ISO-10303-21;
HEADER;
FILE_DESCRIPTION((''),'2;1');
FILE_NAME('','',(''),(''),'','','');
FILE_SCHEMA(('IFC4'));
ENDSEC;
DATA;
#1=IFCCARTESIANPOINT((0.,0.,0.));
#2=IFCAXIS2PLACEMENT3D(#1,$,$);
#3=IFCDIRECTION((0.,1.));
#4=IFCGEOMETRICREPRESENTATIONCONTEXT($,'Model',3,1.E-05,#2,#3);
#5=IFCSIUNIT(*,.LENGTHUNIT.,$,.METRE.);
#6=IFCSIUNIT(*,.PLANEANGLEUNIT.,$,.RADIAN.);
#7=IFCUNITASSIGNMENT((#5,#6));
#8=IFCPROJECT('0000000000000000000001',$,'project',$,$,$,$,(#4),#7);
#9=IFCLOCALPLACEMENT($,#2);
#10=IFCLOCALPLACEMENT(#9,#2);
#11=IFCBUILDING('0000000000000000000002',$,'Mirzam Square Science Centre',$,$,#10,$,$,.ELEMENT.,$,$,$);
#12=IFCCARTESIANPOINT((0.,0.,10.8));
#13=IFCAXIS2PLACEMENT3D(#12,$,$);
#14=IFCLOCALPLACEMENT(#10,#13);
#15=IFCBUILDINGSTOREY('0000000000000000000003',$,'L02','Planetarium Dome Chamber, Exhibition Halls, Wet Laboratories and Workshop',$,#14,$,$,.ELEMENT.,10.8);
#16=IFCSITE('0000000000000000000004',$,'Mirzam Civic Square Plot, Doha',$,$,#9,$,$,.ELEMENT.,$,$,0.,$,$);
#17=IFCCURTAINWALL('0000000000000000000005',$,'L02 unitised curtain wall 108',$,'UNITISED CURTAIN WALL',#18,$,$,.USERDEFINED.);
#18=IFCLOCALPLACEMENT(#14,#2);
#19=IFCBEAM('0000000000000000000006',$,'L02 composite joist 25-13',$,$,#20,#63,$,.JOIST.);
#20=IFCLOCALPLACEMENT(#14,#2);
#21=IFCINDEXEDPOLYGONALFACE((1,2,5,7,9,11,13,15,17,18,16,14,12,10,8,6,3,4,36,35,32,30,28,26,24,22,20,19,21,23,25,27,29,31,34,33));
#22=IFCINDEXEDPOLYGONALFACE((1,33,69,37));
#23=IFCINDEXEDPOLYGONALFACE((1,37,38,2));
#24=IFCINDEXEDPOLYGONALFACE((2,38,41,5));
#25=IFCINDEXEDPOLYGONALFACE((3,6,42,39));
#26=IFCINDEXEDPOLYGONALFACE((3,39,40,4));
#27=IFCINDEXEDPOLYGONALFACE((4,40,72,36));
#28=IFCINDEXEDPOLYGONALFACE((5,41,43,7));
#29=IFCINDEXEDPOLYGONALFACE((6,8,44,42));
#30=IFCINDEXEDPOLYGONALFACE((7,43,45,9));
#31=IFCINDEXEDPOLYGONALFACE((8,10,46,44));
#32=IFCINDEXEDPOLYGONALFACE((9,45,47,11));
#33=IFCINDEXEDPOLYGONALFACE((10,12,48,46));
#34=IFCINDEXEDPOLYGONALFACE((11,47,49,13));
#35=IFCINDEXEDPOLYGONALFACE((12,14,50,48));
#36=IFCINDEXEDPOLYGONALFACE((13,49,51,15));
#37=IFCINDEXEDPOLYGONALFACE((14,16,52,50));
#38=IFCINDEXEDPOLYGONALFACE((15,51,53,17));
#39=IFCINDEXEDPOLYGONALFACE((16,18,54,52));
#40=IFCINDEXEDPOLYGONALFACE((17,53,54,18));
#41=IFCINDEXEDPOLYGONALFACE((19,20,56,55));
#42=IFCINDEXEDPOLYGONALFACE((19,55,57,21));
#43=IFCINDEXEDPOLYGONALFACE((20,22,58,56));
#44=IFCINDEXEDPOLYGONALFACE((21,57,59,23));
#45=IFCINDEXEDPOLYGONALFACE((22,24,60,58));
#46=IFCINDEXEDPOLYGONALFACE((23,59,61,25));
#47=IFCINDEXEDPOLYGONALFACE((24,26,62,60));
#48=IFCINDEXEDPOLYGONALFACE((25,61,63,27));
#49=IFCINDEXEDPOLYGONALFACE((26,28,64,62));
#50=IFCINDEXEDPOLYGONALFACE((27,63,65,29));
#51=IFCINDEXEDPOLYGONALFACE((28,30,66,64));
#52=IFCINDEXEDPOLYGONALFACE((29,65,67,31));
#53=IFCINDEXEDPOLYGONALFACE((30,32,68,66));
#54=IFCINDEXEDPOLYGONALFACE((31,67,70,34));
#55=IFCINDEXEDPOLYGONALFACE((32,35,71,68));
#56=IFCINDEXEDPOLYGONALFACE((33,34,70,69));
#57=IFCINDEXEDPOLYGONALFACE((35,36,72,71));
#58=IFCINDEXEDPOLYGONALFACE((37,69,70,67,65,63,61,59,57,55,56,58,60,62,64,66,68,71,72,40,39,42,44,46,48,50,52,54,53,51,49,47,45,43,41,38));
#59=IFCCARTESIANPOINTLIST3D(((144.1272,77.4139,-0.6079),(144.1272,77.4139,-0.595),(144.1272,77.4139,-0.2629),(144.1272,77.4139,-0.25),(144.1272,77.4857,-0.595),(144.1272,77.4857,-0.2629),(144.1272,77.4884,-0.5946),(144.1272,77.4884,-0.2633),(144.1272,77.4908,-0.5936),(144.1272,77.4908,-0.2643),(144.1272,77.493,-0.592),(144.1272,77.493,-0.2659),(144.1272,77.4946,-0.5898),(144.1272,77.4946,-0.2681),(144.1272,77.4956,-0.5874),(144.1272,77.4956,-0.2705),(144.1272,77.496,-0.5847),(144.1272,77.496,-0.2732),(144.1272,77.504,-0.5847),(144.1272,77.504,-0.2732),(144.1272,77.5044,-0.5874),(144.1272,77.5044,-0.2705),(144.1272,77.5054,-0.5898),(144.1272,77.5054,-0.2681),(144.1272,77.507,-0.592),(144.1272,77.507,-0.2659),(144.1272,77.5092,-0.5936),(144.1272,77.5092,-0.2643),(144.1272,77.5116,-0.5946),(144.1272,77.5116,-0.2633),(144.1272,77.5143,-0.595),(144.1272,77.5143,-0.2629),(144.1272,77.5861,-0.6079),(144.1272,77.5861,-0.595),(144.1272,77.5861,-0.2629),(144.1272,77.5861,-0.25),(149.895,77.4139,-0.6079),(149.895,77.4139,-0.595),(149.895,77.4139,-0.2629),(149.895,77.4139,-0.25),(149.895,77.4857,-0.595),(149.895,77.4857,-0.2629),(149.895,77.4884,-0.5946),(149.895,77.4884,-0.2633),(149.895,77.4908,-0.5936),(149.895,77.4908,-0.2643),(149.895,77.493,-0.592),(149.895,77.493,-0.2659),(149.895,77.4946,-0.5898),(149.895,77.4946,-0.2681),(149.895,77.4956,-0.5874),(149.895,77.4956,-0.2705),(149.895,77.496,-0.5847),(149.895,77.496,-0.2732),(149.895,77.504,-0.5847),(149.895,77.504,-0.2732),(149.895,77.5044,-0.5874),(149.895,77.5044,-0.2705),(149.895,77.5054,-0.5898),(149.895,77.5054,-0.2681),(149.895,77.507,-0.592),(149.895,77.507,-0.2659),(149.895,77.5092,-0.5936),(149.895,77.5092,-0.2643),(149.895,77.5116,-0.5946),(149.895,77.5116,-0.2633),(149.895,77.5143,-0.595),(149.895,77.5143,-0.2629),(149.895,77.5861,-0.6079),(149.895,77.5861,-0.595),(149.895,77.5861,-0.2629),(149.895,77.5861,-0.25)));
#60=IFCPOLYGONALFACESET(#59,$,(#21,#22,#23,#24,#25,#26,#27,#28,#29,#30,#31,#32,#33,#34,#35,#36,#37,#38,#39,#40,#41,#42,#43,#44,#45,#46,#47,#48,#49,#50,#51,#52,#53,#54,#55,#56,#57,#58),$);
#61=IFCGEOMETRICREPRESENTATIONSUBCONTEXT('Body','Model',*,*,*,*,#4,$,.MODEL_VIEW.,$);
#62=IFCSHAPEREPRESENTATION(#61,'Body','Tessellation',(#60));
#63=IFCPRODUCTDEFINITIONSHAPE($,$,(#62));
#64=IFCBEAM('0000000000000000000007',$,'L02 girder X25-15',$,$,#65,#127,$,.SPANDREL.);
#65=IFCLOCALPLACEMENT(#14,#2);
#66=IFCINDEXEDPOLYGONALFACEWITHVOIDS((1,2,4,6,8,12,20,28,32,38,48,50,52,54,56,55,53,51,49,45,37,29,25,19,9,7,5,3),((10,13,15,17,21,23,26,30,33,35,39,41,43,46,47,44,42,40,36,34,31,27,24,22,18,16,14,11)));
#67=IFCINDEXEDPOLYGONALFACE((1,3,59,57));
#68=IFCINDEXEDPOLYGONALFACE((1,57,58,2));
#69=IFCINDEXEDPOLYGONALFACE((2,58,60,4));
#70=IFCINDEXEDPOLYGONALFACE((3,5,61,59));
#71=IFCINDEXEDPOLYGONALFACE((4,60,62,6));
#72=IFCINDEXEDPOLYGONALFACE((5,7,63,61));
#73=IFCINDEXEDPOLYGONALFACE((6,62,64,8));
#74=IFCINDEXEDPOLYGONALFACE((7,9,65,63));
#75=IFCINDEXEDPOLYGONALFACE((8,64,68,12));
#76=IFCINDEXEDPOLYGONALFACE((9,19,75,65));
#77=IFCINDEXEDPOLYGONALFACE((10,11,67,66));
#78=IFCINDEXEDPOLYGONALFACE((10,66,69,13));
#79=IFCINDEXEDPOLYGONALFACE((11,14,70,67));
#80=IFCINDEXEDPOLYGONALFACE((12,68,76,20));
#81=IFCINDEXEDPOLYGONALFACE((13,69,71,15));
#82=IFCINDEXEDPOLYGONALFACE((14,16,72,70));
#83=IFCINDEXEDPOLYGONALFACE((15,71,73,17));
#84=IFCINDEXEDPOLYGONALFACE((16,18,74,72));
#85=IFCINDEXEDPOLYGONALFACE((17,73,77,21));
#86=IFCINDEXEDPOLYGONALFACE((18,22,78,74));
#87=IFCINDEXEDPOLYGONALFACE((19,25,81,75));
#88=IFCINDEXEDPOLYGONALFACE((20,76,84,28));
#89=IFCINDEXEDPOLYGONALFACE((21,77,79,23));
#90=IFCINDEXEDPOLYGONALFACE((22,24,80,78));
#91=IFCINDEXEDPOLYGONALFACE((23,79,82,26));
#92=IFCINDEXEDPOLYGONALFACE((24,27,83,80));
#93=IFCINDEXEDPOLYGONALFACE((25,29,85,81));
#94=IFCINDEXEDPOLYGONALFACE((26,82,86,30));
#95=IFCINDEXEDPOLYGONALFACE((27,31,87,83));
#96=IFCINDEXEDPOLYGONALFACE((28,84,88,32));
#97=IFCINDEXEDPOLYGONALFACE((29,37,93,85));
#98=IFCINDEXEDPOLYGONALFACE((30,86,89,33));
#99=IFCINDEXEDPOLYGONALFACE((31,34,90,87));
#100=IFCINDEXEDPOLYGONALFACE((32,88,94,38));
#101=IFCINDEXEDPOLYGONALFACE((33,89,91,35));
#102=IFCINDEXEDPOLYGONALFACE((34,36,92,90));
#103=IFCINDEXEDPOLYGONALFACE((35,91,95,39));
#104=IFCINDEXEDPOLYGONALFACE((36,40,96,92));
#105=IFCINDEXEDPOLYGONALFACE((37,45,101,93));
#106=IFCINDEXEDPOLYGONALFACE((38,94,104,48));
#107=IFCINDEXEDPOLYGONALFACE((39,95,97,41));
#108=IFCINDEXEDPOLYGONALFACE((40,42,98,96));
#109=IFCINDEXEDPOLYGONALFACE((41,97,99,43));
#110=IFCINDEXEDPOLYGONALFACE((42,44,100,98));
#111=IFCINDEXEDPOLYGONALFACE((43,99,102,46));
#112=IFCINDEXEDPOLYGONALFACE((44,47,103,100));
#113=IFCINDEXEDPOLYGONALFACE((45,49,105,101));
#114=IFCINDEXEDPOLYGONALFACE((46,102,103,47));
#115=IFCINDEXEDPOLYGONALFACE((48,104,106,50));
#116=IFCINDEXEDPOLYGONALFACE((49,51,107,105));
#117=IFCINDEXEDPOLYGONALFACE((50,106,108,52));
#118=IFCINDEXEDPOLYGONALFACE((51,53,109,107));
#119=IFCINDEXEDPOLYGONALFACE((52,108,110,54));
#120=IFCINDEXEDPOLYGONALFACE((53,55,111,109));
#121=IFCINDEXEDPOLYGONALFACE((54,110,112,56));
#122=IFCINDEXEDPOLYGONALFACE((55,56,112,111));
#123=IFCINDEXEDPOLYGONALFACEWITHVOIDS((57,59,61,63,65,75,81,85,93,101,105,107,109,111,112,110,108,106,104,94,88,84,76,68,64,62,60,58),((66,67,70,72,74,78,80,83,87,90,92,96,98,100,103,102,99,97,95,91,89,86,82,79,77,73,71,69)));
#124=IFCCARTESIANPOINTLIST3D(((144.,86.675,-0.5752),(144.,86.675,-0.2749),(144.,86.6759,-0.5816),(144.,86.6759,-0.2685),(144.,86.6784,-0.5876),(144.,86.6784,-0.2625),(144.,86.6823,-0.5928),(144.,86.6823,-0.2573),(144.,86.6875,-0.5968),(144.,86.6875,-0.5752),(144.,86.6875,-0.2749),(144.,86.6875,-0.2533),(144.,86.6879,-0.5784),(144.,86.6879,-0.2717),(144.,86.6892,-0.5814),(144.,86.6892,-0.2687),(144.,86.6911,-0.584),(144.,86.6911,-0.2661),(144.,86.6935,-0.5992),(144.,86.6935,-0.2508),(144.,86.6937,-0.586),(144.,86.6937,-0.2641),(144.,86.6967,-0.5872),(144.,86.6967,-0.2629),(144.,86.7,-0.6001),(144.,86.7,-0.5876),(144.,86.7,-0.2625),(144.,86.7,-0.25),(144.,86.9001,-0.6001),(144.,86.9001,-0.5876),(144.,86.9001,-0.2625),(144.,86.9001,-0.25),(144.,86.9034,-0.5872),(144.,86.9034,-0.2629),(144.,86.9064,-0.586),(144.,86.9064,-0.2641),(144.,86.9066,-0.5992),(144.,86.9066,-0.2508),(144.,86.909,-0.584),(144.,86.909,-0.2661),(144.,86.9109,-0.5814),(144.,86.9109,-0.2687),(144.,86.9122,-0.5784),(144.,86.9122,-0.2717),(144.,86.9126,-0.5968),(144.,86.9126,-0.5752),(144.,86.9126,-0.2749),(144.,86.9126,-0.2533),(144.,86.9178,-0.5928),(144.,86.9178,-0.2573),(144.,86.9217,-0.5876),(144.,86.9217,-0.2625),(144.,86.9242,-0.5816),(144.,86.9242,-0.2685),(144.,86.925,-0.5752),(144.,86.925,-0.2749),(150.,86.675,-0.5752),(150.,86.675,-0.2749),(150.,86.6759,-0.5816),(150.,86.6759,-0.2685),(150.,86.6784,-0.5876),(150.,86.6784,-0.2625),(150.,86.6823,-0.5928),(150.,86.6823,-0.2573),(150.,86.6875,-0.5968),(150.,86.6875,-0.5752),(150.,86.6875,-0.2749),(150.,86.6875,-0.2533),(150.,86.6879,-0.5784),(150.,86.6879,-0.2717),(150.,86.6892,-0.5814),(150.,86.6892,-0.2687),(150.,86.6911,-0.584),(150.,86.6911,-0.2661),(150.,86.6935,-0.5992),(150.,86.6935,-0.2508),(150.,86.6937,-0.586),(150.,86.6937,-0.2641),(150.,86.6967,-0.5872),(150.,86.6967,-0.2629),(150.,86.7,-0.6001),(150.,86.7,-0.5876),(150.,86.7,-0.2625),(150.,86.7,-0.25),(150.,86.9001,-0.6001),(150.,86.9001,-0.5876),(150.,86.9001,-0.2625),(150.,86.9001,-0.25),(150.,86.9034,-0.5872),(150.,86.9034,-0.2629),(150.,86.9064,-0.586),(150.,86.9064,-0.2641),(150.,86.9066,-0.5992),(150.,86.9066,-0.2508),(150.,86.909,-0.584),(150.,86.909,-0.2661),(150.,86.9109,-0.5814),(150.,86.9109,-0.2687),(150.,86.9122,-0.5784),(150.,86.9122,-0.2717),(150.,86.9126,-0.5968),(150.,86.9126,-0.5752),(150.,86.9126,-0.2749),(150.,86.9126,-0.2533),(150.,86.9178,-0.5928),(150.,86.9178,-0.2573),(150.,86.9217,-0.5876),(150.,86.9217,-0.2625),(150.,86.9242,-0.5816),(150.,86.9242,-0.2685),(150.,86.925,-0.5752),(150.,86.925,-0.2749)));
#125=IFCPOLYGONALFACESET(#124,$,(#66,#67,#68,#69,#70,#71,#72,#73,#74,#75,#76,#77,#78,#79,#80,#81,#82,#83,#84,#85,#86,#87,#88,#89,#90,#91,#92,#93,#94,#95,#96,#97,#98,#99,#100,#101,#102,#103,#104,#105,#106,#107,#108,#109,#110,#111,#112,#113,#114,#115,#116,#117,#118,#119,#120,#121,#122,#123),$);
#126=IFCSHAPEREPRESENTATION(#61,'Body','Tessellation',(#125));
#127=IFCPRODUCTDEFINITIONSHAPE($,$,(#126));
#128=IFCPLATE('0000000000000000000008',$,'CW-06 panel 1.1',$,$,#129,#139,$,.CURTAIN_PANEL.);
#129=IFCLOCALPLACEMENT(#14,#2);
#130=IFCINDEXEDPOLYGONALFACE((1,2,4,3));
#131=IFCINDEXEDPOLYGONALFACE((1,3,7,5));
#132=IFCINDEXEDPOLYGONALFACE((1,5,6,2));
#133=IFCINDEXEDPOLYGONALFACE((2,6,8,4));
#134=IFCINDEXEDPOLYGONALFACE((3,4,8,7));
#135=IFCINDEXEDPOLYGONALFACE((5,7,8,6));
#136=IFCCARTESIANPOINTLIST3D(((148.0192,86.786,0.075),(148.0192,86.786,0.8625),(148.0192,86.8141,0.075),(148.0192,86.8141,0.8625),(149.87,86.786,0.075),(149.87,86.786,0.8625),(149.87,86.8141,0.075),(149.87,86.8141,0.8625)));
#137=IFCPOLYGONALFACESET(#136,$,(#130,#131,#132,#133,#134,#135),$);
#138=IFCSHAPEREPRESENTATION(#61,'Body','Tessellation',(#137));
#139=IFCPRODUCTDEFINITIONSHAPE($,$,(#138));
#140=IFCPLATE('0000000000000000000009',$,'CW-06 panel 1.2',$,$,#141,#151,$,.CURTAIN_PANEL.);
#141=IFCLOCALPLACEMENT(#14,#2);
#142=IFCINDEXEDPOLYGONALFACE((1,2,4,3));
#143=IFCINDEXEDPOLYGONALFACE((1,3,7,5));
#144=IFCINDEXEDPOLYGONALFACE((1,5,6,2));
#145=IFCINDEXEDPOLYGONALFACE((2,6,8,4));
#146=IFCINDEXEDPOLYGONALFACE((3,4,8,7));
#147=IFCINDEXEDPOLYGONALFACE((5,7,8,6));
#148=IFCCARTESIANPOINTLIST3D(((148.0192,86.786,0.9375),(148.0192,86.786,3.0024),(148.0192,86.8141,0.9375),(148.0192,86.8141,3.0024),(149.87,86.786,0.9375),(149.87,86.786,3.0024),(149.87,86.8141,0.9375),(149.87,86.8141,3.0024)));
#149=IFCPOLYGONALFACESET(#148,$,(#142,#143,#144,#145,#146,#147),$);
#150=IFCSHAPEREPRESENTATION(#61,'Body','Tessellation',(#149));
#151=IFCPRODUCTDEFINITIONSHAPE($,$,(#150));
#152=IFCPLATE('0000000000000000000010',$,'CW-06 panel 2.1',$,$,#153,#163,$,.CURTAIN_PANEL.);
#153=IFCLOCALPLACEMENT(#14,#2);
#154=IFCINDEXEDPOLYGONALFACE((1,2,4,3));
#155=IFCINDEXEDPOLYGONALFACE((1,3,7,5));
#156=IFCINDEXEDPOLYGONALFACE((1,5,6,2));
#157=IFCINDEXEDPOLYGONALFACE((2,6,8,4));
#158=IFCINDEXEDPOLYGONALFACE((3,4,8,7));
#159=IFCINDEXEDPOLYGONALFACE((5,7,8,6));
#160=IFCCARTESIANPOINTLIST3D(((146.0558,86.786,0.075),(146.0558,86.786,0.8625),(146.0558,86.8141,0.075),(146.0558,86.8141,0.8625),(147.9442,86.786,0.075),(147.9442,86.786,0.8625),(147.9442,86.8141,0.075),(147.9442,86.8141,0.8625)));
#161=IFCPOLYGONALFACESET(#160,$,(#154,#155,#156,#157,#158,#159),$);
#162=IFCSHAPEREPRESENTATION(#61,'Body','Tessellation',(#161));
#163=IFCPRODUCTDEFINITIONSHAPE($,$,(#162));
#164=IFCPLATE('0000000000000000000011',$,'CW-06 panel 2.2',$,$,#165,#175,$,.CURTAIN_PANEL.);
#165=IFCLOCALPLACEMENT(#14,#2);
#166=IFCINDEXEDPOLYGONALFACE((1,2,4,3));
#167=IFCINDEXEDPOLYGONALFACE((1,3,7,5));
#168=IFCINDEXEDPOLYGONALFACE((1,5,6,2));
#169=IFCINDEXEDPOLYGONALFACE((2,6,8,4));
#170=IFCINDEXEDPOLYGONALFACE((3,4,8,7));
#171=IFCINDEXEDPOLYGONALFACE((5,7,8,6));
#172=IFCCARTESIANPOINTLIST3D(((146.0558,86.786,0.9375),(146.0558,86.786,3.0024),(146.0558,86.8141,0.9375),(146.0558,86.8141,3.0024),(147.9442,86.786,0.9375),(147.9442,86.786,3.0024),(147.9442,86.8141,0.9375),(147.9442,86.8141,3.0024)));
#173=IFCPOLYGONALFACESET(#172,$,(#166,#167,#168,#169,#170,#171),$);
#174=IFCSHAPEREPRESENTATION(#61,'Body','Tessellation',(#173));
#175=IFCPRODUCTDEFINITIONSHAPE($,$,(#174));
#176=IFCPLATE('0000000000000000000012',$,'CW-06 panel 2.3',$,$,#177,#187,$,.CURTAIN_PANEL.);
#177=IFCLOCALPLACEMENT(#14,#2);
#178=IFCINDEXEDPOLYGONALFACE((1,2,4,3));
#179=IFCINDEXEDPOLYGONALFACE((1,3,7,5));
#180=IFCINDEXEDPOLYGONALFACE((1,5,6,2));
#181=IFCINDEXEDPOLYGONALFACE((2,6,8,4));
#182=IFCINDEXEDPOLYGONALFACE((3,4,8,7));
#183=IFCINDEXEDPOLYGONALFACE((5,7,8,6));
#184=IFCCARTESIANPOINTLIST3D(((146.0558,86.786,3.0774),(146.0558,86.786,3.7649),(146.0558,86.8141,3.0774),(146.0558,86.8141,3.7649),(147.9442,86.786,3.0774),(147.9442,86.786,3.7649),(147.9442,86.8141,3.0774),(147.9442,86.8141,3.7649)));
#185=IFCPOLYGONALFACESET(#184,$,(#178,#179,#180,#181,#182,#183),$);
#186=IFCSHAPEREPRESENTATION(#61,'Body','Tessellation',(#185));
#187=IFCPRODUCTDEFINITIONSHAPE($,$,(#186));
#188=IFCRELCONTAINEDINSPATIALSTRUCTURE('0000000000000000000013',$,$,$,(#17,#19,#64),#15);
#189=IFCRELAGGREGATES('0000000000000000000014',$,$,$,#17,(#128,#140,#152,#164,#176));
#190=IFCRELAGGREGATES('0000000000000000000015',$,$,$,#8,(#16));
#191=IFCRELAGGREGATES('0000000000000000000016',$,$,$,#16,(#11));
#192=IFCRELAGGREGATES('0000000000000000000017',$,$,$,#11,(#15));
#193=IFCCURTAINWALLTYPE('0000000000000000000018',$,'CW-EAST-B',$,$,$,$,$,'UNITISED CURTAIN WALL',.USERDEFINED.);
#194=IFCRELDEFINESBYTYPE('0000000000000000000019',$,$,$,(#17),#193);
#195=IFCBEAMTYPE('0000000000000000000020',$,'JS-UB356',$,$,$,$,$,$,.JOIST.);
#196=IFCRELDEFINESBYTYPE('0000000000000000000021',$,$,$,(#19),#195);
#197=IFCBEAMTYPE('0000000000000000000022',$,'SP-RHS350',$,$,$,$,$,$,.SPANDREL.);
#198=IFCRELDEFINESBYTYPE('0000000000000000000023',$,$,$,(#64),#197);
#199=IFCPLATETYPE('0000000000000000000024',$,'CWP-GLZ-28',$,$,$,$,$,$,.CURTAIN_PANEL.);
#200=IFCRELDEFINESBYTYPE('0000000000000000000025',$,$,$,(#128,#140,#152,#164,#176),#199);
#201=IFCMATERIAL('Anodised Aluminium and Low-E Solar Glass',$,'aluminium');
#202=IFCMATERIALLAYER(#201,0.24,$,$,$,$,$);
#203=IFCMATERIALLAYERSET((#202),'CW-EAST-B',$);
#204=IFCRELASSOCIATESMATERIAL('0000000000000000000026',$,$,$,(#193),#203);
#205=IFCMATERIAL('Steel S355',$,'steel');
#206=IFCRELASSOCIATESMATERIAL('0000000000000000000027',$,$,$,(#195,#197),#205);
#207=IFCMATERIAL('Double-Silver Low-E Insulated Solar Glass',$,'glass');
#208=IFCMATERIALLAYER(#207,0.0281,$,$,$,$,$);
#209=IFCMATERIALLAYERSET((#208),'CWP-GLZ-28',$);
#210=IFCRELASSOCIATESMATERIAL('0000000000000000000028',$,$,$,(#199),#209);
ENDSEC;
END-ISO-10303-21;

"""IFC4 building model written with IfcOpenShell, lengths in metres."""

from ifc_helpers import new_model, si_unit, direction, frame, origin, origin_2d, place, context, subcontext, project, spatial, rectangle, hollow_rectangle, i_section, extrude, material, layer, layer_set, material_profile, profile_set, type_object, element, aggregate, save


model = new_model("IFC4")

# Units and contexts
model_context = context("Model", 3, precision=1e-05, world=origin(), true_north=direction((0.0, 1.0)))
body_context = subcontext(model_context, "Body", "Model", "MODEL_VIEW")
ifc_project = project(units=[si_unit("LENGTHUNIT", "METRE"), si_unit("PLANEANGLEUNIT", "RADIAN")], contexts=[model_context])

# Site, building, storey
site_placement = place(None, origin())
site = spatial("IfcSite", under=ifc_project, at=site_placement, Name="Mirzam Civic Square Plot, Doha", CompositionType="ELEMENT", RefElevation=0.0)
building_placement = place(site_placement, origin())
building = spatial("IfcBuilding", under=site, at=building_placement, Name="Mirzam Square Science Centre", CompositionType="ELEMENT")
storey_placement = place(building_placement, frame((0.0, 0.0, 10.8)))
storey = spatial("IfcBuildingStorey", under=building, at=storey_placement, Name="L02", Description="Planetarium Dome Chamber, Exhibition Halls, Wet Laboratories and Workshop", CompositionType="ELEMENT", Elevation=10.8)

# Shared definitions
ifc_material_1 = material(Name="Steel S355", Category="steel")

# Curtain wall
ifc_material_2 = material(Name="Anodised Aluminium and Low-E Solar Glass", Category="aluminium")
ifc_layer_1 = layer(ifc_material_2, 0.24)
ifc_layer_set_1 = layer_set([ifc_layer_1], Name="CW-EAST-B")
curtain_wall_type = type_object("IfcCurtainWallType", Name="CW-EAST-B", ElementType="UNITISED CURTAIN WALL", PredefinedType="USERDEFINED", material=ifc_layer_set_1)
curtain_wall_placement = place(storey_placement, origin())
curtain_wall = element("IfcCurtainWall", 1, at=curtain_wall_placement, inside=storey, type_object=curtain_wall_type, Name="L02 unitised curtain wall 108", ObjectType="UNITISED CURTAIN WALL", PredefinedType="USERDEFINED")

# Beams
ifc_material_profile_1 = material_profile(ifc_material_1, i_section(OverallWidth=0.1721, OverallDepth=0.3579, WebThickness=0.0081, FlangeThickness=0.0129, FilletRadius=0.0103, at=origin_2d()), Name="356x171x57UB")
ifc_profile_set_1 = profile_set([ifc_material_profile_1], Name="Steel S355")
beam_type_1 = type_object("IfcBeamType", Name="JS-UB356", PredefinedType="JOIST", material=ifc_profile_set_1)
for number, where, z_axis, x_axis, name in (
    (2, (144.1272, 77.5, -0.429), (1.0, 0.0, 0.0), (0.0, 1.0, 0.0), "L02 composite joist 25-13"),
):
    element("IfcBeam", number, at=place(storey_placement, frame(where, z_axis=z_axis, x_axis=x_axis)), inside=storey, type_object=beam_type_1, Name=name, PredefinedType="JOIST", context=body_context, shape_type="SweptSolid", body=[
        extrude(i_section(OverallWidth=0.1721, OverallDepth=0.3579, WebThickness=0.0081, FlangeThickness=0.0129, FilletRadius=0.0103, at=origin_2d()), origin(), (0.0, 0.0, 1.0), 5.7678),
    ])
ifc_material_profile_2 = material_profile(ifc_material_1, hollow_rectangle(XDim=0.25, YDim=0.3501, WallThickness=0.0125, InnerFilletRadius=0.0125, OuterFilletRadius=0.0249, at=origin_2d()), Name="350x250x12.5RHS")
ifc_profile_set_2 = profile_set([ifc_material_profile_2], Name="Steel S355")
beam_type_2 = type_object("IfcBeamType", Name="SP-RHS350", PredefinedType="SPANDREL", material=ifc_profile_set_2)
beam_1_placement = place(storey_placement, frame((144.0, 86.8, -0.425), z_axis=(1.0, 0.0, 0.0), x_axis=(0.0, 1.0, 0.0)))
element("IfcBeam", 3, at=beam_1_placement, inside=storey, type_object=beam_type_2, Name="L02 girder X25-15", PredefinedType="SPANDREL", context=body_context, shape_type="SweptSolid", body=[
    extrude(hollow_rectangle(XDim=0.25, YDim=0.3501, WallThickness=0.0125, InnerFilletRadius=0.0125, OuterFilletRadius=0.0249, at=origin_2d()), origin(), (0.0, 0.0, 1.0), 6.0),
])

# Plates
ifc_material_3 = material(Name="Double-Silver Low-E Insulated Solar Glass", Category="glass")
ifc_layer_2 = layer(ifc_material_3, 0.0281)
ifc_layer_set_2 = layer_set([ifc_layer_2], Name="CWP-GLZ-28")
plate_type = type_object("IfcPlateType", Name="CWP-GLZ-28", PredefinedType="CURTAIN_PANEL", material=ifc_layer_set_2)
plate_1_placement = place(storey_placement, frame((148.9446, 86.8, 0.075), z_axis=(0.0, 0.0, 1.0), x_axis=(-1.0, 0.0, 0.0)))
plate_1 = element("IfcPlate", 4, at=plate_1_placement, type_object=plate_type, Name="CW-06 panel 1.1", PredefinedType="CURTAIN_PANEL", context=body_context, shape_type="SweptSolid", body=[
    extrude(rectangle(XDim=1.8508, YDim=0.0281, at=origin_2d()), origin(), (0.0, 0.0, 1.0), 0.7876),
])
plate_2_placement = place(storey_placement, frame((148.9446, 86.8, 0.9375), z_axis=(0.0, 0.0, 1.0), x_axis=(-1.0, 0.0, 0.0)))
plate_2 = element("IfcPlate", 5, at=plate_2_placement, type_object=plate_type, Name="CW-06 panel 1.2", PredefinedType="CURTAIN_PANEL", context=body_context, shape_type="SweptSolid", body=[
    extrude(rectangle(XDim=1.8508, YDim=0.0281, at=origin_2d()), origin(), (0.0, 0.0, 1.0), 2.0649),
])
plate_3_placement = place(storey_placement, frame((147.0, 86.8, 0.075), z_axis=(0.0, 0.0, 1.0), x_axis=(-1.0, 0.0, 0.0)))
plate_3 = element("IfcPlate", 6, at=plate_3_placement, type_object=plate_type, Name="CW-06 panel 2.1", PredefinedType="CURTAIN_PANEL", context=body_context, shape_type="SweptSolid", body=[
    extrude(rectangle(XDim=1.8884, YDim=0.0281, at=origin_2d()), origin(), (0.0, 0.0, 1.0), 0.7876),
])
plate_4_placement = place(storey_placement, frame((147.0, 86.8, 0.9375), z_axis=(0.0, 0.0, 1.0), x_axis=(-1.0, 0.0, 0.0)))
plate_4 = element("IfcPlate", 7, at=plate_4_placement, type_object=plate_type, Name="CW-06 panel 2.2", PredefinedType="CURTAIN_PANEL", context=body_context, shape_type="SweptSolid", body=[
    extrude(rectangle(XDim=1.8884, YDim=0.0281, at=origin_2d()), origin(), (0.0, 0.0, 1.0), 2.0649),
])
plate_5_placement = place(storey_placement, frame((147.0, 86.8, 3.0774), z_axis=(0.0, 0.0, 1.0), x_axis=(-1.0, 0.0, 0.0)))
plate_5 = element("IfcPlate", 8, at=plate_5_placement, type_object=plate_type, Name="CW-06 panel 2.3", PredefinedType="CURTAIN_PANEL", context=body_context, shape_type="SweptSolid", body=[
    extrude(rectangle(XDim=1.8884, YDim=0.0281, at=origin_2d()), origin(), (0.0, 0.0, 1.0), 0.6875),
])
aggregate(curtain_wall, [plate_1, plate_2, plate_3, plate_4, plate_5])

save(model, "model.ifc")
